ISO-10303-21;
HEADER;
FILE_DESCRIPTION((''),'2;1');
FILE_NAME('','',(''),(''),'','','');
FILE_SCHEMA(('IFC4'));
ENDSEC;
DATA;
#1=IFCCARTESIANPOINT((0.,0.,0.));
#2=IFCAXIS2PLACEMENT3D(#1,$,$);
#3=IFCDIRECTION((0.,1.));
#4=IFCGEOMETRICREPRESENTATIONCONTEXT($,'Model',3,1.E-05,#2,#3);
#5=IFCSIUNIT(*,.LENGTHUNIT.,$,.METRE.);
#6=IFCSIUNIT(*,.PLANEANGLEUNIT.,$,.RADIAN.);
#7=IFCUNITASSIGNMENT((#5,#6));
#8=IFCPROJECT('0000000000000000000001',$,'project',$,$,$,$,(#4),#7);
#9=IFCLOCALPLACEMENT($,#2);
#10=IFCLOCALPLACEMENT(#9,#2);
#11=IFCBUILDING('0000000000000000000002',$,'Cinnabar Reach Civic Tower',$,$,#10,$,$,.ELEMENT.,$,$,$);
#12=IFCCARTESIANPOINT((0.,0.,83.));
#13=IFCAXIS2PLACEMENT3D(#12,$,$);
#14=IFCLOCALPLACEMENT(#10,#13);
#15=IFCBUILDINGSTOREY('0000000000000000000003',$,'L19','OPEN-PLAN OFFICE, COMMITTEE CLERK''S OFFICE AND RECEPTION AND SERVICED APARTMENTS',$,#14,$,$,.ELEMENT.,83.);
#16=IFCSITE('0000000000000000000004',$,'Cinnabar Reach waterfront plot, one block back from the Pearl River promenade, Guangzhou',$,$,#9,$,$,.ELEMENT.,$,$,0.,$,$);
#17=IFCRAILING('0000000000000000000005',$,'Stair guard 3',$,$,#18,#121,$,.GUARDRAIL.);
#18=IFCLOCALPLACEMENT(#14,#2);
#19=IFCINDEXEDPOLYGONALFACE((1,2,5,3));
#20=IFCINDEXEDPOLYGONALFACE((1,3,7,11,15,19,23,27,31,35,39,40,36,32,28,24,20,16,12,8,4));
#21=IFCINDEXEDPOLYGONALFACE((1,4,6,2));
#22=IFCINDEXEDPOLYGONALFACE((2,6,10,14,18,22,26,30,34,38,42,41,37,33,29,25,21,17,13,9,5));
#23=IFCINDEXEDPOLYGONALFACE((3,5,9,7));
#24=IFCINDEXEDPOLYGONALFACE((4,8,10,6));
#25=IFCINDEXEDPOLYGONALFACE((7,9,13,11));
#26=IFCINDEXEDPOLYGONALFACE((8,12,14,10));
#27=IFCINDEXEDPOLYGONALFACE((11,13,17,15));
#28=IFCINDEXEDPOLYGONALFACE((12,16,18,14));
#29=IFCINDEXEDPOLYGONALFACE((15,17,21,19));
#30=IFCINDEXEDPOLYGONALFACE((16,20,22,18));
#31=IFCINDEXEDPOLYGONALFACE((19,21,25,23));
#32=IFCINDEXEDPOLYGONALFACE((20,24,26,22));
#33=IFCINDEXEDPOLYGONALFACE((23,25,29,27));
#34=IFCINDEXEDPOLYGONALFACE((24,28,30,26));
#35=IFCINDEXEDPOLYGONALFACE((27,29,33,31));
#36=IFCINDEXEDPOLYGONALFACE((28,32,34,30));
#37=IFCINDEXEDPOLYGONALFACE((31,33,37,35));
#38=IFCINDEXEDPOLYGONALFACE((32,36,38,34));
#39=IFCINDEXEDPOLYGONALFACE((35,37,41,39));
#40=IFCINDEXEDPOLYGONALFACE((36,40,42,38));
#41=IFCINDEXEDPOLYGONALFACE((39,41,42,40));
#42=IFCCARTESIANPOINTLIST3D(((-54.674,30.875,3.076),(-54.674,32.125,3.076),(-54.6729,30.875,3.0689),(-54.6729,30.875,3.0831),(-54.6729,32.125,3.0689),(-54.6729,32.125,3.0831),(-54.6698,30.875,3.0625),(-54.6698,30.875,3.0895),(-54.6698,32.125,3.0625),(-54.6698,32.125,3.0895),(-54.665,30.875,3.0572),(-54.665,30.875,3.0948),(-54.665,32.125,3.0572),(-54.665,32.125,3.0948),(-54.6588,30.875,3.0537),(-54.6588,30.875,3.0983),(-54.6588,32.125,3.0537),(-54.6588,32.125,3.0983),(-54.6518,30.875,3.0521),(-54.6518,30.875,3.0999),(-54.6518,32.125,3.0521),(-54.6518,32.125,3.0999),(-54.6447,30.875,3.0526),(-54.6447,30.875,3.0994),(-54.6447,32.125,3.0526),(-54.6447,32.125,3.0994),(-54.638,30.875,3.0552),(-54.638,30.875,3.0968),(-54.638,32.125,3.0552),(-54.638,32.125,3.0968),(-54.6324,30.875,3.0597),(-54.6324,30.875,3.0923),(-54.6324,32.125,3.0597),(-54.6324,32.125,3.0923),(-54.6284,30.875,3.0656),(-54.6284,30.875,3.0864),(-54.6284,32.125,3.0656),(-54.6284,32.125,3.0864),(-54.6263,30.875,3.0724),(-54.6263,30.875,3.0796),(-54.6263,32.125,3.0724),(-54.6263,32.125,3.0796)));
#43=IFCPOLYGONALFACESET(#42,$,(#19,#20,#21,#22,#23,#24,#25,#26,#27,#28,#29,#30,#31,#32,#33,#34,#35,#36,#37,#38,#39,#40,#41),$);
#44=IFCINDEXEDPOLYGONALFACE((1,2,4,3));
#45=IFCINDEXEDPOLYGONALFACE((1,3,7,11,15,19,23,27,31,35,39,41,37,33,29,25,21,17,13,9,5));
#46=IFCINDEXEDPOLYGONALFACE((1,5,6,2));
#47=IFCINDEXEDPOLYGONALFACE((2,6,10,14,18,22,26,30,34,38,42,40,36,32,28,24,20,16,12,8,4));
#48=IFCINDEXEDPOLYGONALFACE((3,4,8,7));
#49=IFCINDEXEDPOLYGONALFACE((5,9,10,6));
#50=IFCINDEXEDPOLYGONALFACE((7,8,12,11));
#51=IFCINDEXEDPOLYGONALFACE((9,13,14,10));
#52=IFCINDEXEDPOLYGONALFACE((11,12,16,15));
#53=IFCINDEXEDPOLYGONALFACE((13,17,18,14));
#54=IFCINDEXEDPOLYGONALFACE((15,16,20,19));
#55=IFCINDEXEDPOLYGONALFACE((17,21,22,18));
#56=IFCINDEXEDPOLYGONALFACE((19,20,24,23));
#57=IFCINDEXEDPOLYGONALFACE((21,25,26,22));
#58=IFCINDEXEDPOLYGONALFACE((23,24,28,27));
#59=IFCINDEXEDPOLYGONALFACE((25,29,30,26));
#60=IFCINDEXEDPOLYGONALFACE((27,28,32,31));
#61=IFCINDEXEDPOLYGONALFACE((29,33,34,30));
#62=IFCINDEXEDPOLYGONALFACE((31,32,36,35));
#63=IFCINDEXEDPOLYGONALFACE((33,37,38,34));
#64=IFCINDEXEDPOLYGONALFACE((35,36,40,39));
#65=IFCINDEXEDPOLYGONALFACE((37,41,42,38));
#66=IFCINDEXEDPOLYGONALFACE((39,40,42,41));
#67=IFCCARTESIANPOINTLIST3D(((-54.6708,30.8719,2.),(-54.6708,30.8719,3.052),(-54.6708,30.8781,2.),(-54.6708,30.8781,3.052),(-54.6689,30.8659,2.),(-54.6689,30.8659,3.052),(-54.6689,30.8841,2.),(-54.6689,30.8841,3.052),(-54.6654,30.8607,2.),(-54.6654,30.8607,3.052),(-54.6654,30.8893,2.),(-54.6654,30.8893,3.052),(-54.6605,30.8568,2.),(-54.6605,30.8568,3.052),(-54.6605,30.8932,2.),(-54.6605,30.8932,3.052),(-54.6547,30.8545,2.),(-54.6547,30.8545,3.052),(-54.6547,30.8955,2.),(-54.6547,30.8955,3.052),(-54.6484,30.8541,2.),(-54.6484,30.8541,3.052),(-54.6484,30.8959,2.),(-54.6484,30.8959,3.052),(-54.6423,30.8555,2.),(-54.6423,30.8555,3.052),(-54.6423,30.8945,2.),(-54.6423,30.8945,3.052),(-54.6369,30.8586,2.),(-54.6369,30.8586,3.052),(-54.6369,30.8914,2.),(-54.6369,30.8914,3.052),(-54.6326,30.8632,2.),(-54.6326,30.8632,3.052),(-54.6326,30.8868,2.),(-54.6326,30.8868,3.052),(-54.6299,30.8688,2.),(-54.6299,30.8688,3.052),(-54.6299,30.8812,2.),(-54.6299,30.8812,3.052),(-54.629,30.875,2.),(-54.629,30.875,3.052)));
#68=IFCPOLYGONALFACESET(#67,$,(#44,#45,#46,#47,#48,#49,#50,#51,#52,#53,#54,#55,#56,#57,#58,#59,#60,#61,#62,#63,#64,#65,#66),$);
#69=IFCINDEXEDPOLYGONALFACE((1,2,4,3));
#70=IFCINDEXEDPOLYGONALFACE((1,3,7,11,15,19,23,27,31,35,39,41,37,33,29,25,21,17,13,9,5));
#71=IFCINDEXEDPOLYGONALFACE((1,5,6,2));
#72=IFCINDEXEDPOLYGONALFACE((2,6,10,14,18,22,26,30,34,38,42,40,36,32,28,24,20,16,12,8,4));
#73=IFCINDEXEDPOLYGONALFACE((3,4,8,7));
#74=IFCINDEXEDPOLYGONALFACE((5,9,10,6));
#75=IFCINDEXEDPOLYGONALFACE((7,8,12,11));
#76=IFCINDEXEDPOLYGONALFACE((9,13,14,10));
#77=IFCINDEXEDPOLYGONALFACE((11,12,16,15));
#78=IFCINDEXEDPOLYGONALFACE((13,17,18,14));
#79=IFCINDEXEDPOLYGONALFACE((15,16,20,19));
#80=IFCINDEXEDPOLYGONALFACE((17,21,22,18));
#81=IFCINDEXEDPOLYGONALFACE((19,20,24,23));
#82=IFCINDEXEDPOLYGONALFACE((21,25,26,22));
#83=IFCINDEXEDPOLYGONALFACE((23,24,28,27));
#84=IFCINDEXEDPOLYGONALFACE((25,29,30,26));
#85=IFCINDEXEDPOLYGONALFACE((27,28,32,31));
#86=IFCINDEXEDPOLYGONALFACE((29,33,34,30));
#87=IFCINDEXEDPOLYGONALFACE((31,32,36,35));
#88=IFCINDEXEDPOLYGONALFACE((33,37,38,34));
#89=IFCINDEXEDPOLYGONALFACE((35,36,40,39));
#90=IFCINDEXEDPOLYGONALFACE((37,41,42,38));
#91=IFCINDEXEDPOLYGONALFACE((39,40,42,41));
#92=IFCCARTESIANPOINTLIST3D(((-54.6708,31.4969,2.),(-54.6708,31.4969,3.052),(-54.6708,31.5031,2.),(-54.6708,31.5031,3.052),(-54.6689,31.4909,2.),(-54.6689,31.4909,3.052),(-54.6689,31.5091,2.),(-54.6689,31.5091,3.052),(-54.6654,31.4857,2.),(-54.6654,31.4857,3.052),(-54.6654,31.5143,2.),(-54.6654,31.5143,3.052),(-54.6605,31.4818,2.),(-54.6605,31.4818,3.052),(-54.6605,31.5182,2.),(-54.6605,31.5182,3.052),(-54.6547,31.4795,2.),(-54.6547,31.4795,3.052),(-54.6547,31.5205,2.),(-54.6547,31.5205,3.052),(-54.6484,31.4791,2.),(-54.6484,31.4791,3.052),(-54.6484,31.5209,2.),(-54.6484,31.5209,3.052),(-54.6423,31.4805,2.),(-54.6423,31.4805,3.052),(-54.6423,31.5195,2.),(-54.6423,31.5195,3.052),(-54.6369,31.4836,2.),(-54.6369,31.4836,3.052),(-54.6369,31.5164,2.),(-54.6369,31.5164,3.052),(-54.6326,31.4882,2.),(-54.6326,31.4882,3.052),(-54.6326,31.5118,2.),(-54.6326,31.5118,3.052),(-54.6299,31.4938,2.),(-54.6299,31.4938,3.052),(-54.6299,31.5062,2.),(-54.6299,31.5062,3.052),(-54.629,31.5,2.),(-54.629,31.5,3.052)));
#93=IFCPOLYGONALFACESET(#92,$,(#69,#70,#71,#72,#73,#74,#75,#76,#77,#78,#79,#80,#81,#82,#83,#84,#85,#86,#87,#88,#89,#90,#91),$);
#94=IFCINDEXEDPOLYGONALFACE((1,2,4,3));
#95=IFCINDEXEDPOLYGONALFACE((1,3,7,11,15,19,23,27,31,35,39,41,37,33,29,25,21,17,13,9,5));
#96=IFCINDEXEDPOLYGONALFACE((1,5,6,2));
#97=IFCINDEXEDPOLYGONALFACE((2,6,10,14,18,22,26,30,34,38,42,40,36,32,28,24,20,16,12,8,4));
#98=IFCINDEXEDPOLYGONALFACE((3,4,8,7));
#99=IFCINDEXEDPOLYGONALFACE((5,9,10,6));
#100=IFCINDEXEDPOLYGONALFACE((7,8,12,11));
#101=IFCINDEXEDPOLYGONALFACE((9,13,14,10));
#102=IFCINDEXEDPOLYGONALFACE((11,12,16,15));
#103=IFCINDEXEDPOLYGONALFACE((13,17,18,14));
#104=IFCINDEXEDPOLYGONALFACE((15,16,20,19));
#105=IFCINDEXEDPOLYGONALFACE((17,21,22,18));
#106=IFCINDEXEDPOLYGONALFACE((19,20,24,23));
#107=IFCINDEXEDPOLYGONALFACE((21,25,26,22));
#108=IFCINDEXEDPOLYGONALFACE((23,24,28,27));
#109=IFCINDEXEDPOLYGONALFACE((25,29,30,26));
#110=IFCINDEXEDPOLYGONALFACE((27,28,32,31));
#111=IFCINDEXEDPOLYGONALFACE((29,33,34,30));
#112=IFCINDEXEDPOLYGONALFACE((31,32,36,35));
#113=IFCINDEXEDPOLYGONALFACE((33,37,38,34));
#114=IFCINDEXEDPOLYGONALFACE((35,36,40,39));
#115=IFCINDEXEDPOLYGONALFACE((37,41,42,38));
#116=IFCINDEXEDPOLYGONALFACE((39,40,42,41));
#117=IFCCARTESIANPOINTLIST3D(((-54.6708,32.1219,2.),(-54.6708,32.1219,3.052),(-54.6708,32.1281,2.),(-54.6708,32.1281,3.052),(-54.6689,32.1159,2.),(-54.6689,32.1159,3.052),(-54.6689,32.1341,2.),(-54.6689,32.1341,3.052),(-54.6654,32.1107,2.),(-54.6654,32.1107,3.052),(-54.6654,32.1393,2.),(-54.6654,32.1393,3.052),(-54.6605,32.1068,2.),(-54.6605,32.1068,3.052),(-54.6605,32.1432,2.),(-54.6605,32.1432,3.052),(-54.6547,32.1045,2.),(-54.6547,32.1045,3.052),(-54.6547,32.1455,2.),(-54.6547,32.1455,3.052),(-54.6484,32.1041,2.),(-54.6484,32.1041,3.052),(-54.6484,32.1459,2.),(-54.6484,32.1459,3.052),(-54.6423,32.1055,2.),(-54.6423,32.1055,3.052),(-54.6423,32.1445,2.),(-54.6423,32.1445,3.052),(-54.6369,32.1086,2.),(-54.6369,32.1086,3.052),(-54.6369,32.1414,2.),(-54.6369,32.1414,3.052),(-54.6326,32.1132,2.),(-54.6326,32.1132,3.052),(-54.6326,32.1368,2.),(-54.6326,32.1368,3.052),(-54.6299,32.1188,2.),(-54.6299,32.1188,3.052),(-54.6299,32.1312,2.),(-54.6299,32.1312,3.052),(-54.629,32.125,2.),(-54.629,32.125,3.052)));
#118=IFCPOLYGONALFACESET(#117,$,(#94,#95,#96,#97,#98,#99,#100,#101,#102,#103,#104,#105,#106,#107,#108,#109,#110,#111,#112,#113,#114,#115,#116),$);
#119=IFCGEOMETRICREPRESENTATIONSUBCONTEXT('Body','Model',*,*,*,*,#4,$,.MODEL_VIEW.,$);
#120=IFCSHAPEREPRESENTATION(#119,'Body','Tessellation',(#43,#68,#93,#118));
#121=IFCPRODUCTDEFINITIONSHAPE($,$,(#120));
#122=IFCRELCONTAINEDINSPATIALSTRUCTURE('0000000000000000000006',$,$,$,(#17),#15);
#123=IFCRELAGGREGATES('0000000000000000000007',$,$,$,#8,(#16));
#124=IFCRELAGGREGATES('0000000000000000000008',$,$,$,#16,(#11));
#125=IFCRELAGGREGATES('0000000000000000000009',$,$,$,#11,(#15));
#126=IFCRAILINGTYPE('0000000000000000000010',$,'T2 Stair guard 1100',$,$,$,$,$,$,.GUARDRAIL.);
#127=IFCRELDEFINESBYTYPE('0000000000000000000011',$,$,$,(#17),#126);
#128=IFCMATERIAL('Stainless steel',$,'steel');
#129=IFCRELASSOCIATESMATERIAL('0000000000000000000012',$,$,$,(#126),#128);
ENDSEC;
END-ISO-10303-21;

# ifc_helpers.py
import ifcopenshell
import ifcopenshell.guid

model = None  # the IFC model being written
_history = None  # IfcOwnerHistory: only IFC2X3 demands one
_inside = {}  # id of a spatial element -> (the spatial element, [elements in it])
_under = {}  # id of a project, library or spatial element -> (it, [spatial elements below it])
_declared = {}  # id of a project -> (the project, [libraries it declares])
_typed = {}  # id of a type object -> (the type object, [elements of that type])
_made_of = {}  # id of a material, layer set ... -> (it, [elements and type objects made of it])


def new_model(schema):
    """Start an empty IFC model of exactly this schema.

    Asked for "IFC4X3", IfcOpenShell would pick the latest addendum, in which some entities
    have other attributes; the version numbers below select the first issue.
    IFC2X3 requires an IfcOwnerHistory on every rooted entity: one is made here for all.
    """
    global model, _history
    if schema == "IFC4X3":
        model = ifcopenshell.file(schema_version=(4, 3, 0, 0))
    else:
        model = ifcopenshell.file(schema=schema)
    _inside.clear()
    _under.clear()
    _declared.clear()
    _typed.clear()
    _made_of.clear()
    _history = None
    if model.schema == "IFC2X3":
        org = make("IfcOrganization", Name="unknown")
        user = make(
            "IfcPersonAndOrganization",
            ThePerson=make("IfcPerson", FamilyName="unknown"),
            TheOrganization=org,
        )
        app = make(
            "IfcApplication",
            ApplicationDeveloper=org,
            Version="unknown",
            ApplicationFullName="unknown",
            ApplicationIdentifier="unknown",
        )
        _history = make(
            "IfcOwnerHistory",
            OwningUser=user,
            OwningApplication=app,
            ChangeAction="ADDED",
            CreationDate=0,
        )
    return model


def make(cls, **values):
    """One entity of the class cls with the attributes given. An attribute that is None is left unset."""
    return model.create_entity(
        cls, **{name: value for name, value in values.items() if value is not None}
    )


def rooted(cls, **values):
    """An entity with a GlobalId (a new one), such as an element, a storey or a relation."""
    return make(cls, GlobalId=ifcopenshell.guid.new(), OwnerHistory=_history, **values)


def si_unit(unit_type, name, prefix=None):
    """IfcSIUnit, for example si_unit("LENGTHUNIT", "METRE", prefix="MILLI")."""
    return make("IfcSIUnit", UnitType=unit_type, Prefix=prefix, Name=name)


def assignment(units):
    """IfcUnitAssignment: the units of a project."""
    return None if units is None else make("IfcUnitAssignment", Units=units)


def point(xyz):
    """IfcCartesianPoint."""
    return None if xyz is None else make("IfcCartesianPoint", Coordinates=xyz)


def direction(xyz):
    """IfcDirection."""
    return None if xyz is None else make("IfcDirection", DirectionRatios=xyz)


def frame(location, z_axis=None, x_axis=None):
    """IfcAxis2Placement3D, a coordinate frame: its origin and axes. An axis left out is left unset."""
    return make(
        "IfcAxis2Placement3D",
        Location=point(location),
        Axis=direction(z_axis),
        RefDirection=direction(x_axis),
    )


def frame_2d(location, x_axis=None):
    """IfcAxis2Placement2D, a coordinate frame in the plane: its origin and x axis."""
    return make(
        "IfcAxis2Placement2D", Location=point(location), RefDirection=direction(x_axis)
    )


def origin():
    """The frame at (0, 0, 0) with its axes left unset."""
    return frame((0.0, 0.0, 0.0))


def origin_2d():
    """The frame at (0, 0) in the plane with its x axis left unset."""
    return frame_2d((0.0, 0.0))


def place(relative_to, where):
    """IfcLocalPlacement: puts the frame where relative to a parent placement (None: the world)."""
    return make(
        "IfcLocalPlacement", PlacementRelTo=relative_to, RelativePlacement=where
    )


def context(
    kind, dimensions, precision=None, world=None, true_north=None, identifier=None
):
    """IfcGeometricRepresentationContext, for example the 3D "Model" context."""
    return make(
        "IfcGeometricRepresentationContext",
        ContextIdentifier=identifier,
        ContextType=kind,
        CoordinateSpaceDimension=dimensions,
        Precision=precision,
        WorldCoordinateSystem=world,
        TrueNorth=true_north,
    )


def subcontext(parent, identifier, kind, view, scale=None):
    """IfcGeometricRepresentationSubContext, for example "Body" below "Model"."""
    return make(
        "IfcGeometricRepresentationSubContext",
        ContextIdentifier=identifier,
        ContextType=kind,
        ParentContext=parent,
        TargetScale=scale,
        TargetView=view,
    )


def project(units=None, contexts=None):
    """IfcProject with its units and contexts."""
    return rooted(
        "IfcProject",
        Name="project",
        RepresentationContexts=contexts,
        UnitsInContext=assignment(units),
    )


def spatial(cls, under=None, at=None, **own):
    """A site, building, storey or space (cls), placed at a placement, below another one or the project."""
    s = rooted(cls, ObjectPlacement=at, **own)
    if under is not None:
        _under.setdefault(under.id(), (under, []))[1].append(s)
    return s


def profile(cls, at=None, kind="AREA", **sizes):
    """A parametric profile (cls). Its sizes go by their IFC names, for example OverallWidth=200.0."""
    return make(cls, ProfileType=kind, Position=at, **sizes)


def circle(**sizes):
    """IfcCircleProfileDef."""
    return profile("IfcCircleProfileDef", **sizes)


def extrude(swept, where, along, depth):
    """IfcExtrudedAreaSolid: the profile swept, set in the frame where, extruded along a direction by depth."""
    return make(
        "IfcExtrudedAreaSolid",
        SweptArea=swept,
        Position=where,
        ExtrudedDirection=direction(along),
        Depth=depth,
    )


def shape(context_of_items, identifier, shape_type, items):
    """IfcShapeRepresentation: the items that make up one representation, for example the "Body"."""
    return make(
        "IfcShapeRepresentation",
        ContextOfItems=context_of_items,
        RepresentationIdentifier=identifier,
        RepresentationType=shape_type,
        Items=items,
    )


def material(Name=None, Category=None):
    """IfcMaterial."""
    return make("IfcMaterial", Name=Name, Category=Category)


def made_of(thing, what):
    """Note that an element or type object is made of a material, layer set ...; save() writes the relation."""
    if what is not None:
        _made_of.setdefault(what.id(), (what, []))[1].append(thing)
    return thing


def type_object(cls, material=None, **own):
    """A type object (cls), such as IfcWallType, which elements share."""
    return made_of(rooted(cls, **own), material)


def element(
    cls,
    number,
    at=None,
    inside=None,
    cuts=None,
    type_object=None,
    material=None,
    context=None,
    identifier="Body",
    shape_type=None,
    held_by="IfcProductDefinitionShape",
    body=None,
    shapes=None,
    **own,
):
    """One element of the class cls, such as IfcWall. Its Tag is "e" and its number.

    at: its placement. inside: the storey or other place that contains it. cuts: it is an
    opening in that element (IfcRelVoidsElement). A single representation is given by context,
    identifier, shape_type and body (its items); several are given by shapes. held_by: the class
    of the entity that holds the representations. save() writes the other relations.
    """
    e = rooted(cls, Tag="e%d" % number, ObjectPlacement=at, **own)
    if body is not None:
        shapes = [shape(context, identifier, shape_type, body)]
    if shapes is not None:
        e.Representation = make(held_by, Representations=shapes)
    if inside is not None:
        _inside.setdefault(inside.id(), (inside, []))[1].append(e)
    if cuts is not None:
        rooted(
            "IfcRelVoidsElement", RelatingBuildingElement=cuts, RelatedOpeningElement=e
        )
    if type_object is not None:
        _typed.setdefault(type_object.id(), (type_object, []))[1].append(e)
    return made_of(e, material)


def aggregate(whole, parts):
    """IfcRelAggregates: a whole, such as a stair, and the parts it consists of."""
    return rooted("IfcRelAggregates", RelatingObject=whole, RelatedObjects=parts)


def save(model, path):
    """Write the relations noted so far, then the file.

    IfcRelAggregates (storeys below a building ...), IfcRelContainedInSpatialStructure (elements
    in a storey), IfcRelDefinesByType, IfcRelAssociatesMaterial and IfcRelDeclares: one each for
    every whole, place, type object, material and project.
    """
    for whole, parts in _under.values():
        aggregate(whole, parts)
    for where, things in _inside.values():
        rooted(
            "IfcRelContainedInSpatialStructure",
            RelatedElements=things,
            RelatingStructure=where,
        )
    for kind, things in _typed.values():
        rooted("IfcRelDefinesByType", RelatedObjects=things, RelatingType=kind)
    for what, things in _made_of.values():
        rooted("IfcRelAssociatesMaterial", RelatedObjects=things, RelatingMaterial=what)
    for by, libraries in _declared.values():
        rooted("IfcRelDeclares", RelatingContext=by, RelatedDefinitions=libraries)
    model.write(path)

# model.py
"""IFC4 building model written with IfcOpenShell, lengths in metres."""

from ifc_helpers import new_model, si_unit, direction, frame, origin, origin_2d, place, context, subcontext, project, spatial, circle, extrude, material, type_object, element, save


model = new_model("IFC4")

# Units and contexts
model_context = context("Model", 3, precision=1e-05, world=origin(), true_north=direction((0.0, 1.0)))
body_context = subcontext(model_context, "Body", "Model", "MODEL_VIEW")
ifc_project = project(units=[si_unit("LENGTHUNIT", "METRE"), si_unit("PLANEANGLEUNIT", "RADIAN")], contexts=[model_context])

# Site, building, storey
site_placement = place(None, origin())
site = spatial("IfcSite", under=ifc_project, at=site_placement, Name="Cinnabar Reach waterfront plot, one block back from the Pearl River promenade, Guangzhou", CompositionType="ELEMENT", RefElevation=0.0)
building_placement = place(site_placement, origin())
building = spatial("IfcBuilding", under=site, at=building_placement, Name="Cinnabar Reach Civic Tower", CompositionType="ELEMENT")
storey_placement = place(building_placement, frame((0.0, 0.0, 83.0)))
storey = spatial("IfcBuildingStorey", under=building, at=storey_placement, Name="L19", Description="OPEN-PLAN OFFICE, COMMITTEE CLERK'S OFFICE AND RECEPTION AND SERVICED APARTMENTS", CompositionType="ELEMENT", Elevation=83.0)

# Railing
ifc_material_1 = material(Name="Stainless steel", Category="steel")
railing_type = type_object("IfcRailingType", Name="T2 Stair guard 1100", PredefinedType="GUARDRAIL", material=ifc_material_1)
railing_1_placement = place(storey_placement, frame((-54.65, 30.875, 2.0)))
element("IfcRailing", 1, at=railing_1_placement, inside=storey, type_object=railing_type, Name="Stair guard 3", PredefinedType="GUARDRAIL", context=body_context, shape_type="SweptSolid", body=[
    extrude(circle(Radius=0.024, at=origin_2d()), frame((0.0, 0.0, 1.076), z_axis=(0.0, 1.0, 0.0), x_axis=(-1.0, 0.0, 0.0)), (0.0, 0.0, 1.0), 1.25),
    extrude(circle(Radius=0.021, at=origin_2d()), origin(), (0.0, 0.0, 1.0), 1.052),
    extrude(circle(Radius=0.021, at=origin_2d()), frame((0.0, 0.625, 0.0)), (0.0, 0.0, 1.0), 1.052),
    extrude(circle(Radius=0.021, at=origin_2d()), frame((0.0, 1.25, 0.0)), (0.0, 0.0, 1.0), 1.052),
])

save(model, "model.ifc")
